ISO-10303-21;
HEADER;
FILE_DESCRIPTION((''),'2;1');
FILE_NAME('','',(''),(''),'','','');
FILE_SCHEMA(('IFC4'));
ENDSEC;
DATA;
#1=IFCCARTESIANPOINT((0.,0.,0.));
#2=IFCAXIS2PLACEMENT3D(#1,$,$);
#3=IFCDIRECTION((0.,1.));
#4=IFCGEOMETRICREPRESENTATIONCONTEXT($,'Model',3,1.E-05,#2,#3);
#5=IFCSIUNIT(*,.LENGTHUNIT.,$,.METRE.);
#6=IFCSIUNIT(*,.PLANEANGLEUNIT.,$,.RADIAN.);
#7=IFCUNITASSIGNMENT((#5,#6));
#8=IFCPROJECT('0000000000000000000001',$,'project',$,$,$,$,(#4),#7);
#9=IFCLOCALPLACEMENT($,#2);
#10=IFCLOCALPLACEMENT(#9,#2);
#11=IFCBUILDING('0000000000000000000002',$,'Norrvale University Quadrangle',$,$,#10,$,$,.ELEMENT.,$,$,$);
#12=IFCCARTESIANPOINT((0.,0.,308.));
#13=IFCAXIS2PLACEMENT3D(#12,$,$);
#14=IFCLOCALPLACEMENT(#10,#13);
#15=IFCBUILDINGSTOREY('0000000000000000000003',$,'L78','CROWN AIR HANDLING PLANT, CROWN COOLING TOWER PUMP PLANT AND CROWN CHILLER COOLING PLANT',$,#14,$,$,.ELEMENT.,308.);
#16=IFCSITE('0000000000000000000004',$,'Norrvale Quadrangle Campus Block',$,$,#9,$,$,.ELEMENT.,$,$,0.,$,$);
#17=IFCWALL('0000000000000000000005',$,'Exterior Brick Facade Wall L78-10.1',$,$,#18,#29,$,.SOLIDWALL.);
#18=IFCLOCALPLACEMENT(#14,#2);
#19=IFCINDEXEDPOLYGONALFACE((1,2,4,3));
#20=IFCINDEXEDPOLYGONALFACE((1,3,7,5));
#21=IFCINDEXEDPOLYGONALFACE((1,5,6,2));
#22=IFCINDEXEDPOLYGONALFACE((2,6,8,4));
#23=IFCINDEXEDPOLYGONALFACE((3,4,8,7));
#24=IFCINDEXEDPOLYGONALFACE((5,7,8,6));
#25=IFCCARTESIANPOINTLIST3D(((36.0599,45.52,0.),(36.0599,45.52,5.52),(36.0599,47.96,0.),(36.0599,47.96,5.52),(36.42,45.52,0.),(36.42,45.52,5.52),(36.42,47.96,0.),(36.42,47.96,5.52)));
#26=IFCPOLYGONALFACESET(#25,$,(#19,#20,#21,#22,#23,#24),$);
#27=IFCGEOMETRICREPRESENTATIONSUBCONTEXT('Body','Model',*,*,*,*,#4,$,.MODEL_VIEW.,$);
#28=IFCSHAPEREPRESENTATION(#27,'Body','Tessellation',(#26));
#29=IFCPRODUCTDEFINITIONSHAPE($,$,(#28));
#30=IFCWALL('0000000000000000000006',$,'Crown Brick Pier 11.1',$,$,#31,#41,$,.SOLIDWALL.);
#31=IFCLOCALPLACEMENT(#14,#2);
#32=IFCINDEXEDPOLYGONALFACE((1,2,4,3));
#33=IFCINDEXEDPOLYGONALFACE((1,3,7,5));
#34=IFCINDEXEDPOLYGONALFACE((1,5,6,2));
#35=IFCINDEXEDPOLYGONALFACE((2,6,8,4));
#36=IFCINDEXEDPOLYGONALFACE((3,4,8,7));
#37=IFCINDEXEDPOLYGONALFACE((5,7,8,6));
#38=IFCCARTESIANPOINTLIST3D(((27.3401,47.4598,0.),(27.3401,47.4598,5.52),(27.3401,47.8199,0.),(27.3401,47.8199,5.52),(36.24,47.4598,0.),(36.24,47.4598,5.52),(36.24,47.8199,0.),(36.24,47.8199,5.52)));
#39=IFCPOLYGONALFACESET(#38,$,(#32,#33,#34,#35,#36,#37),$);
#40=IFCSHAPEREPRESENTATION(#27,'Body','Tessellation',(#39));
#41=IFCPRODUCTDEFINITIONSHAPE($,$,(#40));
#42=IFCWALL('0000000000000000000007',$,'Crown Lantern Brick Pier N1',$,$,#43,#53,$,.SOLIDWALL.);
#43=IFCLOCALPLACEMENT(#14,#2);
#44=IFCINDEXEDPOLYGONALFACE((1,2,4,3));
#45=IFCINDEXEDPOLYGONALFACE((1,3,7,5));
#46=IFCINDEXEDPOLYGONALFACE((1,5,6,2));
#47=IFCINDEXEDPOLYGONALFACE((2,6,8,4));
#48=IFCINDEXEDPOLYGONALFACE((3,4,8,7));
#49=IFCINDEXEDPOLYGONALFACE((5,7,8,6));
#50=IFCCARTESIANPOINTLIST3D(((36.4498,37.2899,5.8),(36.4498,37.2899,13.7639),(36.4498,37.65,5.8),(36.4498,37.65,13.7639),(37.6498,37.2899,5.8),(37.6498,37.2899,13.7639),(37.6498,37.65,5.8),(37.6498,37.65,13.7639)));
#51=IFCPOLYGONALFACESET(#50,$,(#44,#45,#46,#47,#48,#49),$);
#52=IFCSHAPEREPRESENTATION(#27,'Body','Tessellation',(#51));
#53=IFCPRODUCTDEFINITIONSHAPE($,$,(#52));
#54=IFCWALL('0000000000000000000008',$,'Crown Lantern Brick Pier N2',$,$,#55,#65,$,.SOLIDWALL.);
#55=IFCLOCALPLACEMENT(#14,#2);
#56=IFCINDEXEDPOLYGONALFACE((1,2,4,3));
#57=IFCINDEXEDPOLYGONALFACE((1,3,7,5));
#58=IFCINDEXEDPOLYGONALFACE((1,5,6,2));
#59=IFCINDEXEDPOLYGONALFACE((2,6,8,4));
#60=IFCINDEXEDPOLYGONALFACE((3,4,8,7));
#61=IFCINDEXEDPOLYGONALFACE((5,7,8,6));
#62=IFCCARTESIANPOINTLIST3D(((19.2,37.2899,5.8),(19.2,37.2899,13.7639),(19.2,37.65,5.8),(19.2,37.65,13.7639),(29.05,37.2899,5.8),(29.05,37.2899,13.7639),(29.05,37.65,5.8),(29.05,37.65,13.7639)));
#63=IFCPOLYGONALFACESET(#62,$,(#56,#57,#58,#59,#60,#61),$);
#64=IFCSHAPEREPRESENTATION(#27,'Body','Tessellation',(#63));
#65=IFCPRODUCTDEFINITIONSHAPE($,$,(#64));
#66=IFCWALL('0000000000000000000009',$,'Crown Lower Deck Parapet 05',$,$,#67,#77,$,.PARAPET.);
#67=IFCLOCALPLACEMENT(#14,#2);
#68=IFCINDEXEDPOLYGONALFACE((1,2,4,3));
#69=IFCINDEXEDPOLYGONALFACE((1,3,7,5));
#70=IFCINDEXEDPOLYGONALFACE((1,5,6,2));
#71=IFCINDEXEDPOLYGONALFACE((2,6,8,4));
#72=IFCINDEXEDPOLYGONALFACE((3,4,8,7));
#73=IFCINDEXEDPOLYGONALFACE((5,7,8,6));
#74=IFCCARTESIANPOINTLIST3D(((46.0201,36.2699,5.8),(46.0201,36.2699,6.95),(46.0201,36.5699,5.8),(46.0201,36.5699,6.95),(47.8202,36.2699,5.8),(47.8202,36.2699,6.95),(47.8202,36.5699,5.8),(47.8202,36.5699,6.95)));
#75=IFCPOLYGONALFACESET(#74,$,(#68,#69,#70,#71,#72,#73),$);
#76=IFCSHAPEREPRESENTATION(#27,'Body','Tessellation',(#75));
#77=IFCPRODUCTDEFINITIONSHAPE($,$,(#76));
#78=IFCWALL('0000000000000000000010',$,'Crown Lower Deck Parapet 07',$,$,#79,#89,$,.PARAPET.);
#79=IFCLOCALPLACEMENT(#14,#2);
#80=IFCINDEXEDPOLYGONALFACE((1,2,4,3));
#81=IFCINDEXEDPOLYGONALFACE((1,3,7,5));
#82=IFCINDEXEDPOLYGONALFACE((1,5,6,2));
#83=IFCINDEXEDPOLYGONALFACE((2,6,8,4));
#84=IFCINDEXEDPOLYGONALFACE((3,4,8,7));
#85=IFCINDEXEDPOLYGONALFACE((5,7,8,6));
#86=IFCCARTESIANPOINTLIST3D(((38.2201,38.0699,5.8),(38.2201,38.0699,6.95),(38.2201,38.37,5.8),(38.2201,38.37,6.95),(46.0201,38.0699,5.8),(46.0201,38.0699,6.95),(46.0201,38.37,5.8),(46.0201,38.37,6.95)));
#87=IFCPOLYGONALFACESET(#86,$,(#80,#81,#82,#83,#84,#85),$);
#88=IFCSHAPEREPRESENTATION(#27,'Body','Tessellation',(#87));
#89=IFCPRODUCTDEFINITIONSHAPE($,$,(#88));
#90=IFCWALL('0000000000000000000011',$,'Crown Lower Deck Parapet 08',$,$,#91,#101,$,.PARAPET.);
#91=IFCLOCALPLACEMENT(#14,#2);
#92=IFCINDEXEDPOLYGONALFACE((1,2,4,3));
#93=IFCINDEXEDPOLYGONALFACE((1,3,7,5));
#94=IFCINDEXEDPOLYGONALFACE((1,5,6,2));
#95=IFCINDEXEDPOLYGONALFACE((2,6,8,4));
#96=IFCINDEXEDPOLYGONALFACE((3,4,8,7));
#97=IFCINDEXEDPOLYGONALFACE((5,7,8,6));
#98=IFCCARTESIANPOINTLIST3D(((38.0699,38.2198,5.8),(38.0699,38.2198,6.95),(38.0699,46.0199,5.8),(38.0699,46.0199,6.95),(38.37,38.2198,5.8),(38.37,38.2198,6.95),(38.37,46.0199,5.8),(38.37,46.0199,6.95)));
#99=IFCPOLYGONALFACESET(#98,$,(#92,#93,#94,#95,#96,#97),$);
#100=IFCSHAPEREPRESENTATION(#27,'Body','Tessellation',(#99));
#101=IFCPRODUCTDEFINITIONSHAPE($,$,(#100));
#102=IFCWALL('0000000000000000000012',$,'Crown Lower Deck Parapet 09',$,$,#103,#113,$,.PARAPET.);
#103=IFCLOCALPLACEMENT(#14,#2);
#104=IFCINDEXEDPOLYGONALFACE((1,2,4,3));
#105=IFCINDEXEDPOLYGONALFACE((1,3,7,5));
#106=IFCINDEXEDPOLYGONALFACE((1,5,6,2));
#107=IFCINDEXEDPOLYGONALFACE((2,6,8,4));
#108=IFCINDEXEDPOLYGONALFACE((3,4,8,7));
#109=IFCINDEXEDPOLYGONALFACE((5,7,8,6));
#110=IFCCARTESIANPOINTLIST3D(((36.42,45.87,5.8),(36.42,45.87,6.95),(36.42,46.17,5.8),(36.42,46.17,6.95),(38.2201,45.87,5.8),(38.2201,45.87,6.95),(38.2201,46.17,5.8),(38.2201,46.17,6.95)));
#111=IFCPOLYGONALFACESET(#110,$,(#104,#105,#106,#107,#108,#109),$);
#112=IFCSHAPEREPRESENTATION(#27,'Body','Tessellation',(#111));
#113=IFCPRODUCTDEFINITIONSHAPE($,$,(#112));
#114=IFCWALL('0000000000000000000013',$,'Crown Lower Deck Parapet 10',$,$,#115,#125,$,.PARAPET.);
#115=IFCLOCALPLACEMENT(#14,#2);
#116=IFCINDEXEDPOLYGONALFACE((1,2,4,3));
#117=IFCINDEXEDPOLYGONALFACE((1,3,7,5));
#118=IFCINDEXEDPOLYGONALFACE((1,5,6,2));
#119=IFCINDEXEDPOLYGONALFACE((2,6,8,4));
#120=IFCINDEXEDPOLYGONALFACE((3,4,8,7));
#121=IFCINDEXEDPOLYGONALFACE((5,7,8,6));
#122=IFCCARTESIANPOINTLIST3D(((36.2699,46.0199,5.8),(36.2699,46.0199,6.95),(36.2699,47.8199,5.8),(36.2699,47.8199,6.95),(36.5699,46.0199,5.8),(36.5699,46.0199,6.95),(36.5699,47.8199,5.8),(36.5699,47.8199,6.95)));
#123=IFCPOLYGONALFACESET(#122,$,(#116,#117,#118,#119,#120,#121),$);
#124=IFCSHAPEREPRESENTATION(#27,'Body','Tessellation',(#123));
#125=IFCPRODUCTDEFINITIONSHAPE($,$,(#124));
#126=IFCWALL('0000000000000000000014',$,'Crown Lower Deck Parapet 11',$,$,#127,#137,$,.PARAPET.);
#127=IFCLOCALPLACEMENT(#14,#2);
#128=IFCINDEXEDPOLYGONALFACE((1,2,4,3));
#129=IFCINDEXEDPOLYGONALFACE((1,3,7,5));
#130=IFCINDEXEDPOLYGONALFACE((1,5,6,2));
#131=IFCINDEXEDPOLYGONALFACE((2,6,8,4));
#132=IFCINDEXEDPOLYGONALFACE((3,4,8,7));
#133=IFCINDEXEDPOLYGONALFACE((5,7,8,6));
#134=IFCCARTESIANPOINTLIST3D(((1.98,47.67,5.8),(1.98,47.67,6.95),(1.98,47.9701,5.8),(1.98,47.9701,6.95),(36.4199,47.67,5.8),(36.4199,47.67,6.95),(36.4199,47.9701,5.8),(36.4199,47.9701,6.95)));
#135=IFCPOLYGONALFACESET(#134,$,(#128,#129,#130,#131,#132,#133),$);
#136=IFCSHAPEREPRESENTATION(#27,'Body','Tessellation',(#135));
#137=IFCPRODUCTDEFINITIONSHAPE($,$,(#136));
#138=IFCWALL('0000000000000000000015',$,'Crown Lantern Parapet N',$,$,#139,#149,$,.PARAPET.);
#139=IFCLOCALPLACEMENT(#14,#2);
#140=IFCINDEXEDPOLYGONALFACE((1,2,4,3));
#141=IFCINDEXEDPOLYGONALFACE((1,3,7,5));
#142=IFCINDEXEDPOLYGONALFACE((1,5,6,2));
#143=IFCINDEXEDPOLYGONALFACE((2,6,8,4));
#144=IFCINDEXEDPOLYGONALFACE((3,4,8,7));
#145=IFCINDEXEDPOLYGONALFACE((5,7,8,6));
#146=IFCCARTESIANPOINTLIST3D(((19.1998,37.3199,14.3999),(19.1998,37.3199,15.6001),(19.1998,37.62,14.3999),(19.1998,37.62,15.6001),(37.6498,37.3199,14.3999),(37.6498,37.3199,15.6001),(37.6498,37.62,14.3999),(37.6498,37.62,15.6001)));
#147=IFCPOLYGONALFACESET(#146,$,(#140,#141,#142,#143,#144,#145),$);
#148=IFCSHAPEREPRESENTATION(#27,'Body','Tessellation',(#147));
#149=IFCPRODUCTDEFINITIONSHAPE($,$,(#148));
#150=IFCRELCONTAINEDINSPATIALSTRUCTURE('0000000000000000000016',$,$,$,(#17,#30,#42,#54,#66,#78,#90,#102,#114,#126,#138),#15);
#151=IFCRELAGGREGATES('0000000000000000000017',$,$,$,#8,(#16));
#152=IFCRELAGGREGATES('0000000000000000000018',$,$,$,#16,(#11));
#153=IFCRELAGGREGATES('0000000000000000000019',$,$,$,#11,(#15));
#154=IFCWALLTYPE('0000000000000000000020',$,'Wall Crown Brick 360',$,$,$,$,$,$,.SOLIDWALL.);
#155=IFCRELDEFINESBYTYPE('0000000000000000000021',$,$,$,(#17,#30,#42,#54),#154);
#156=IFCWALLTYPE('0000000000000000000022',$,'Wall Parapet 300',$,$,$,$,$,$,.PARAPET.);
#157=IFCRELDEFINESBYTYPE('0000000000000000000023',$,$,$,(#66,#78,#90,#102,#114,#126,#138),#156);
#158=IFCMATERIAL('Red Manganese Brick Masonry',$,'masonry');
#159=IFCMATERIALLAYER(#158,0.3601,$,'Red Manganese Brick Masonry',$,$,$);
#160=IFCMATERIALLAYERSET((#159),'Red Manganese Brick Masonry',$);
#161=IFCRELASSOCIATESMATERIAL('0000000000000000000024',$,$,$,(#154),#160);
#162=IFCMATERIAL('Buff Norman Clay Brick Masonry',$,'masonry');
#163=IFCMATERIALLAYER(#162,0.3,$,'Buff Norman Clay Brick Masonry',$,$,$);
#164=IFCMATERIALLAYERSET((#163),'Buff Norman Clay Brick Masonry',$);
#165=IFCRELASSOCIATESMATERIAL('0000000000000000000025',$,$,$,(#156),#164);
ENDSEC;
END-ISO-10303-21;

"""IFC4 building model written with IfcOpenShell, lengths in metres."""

from ifc_helpers import new_model, si_unit, direction, frame, frame_2d, origin, place, context, subcontext, project, spatial, rectangle, extrude, material, layer, layer_set, type_object, element, save


model = new_model("IFC4")

# Units and contexts
model_context = context("Model", 3, precision=1e-05, world=origin(), true_north=direction((0.0, 1.0)))
body_context = subcontext(model_context, "Body", "Model", "MODEL_VIEW")
ifc_project = project(units=[si_unit("LENGTHUNIT", "METRE"), si_unit("PLANEANGLEUNIT", "RADIAN")], contexts=[model_context])

# Site, building, storey
site_placement = place(None, origin())
site = spatial("IfcSite", under=ifc_project, at=site_placement, Name="Norrvale Quadrangle Campus Block", CompositionType="ELEMENT", RefElevation=0.0)
building_placement = place(site_placement, origin())
building = spatial("IfcBuilding", under=site, at=building_placement, Name="Norrvale University Quadrangle", CompositionType="ELEMENT")
storey_placement = place(building_placement, frame((0.0, 0.0, 308.0)))
storey = spatial("IfcBuildingStorey", under=building, at=storey_placement, Name="L78", Description="CROWN AIR HANDLING PLANT, CROWN COOLING TOWER PUMP PLANT AND CROWN CHILLER COOLING PLANT", CompositionType="ELEMENT", Elevation=308.0)

# Walls
ifc_material_1 = material(Name="Red Manganese Brick Masonry", Category="masonry")
ifc_layer_1 = layer(ifc_material_1, 0.3601, Name="Red Manganese Brick Masonry")
ifc_layer_set_1 = layer_set([ifc_layer_1], Name="Red Manganese Brick Masonry")
wall_type_1 = type_object("IfcWallType", Name="Wall Crown Brick 360", PredefinedType="SOLIDWALL", material=ifc_layer_set_1)
wall_1_placement = place(storey_placement, frame((36.24, 45.52, 0.0), z_axis=(0.0, 0.0, 1.0), x_axis=(0.0, 1.0, 0.0)))
element("IfcWall", 1, at=wall_1_placement, inside=storey, type_object=wall_type_1, Name="Exterior Brick Facade Wall L78-10.1", PredefinedType="SOLIDWALL", context=body_context, shape_type="SweptSolid", body=[
    extrude(rectangle(XDim=2.4399, YDim=0.3601, at=frame_2d((1.22, 0.0))), origin(), (0.0, 0.0, 1.0), 5.52),
])
wall_2_placement = place(storey_placement, frame((36.24, 47.6399, 0.0), z_axis=(0.0, 0.0, 1.0), x_axis=(-1.0, 0.0, 0.0)))
element("IfcWall", 2, at=wall_2_placement, inside=storey, type_object=wall_type_1, Name="Crown Brick Pier 11.1", PredefinedType="SOLIDWALL", context=body_context, shape_type="SweptSolid", body=[
    extrude(rectangle(XDim=8.8999, YDim=0.3601, at=frame_2d((4.45, 0.0))), origin(), (0.0, 0.0, 1.0), 5.52),
])
wall_3_placement = place(storey_placement, frame((37.6499, 37.47, 5.8), z_axis=(0.0, 0.0, 1.0), x_axis=(-1.0, 0.0, 0.0)))
element("IfcWall", 3, at=wall_3_placement, inside=storey, type_object=wall_type_1, Name="Crown Lantern Brick Pier N1", PredefinedType="SOLIDWALL", context=body_context, shape_type="SweptSolid", body=[
    extrude(rectangle(XDim=1.2, YDim=0.3601, at=frame_2d((0.6001, 0.0))), origin(), (0.0, 0.0, 1.0), 7.9639),
])
wall_4_placement = place(storey_placement, frame((29.05, 37.47, 5.8), z_axis=(0.0, 0.0, 1.0), x_axis=(-1.0, 0.0, 0.0)))
element("IfcWall", 4, at=wall_4_placement, inside=storey, type_object=wall_type_1, Name="Crown Lantern Brick Pier N2", PredefinedType="SOLIDWALL", context=body_context, shape_type="SweptSolid", body=[
    extrude(rectangle(XDim=9.8501, YDim=0.3601, at=frame_2d((4.925, 0.0))), origin(), (0.0, 0.0, 1.0), 7.9639),
])
ifc_material_2 = material(Name="Buff Norman Clay Brick Masonry", Category="masonry")
ifc_layer_2 = layer(ifc_material_2, 0.3, Name="Buff Norman Clay Brick Masonry")
ifc_layer_set_2 = layer_set([ifc_layer_2], Name="Buff Norman Clay Brick Masonry")
wall_type_2 = type_object("IfcWallType", Name="Wall Parapet 300", PredefinedType="PARAPET", material=ifc_layer_set_2)
wall_5_placement = place(storey_placement, frame((47.8201, 36.4199, 5.8), z_axis=(0.0, 0.0, 1.0), x_axis=(-1.0, 0.0, 0.0)))
element("IfcWall", 5, at=wall_5_placement, inside=storey, type_object=wall_type_2, Name="Crown Lower Deck Parapet 05", PredefinedType="PARAPET", context=body_context, shape_type="SweptSolid", body=[
    extrude(rectangle(XDim=1.8, YDim=0.3, at=frame_2d((0.8999, 0.0))), origin(), (0.0, 0.0, 1.0), 1.1499),
])
for number, where, z_axis, x_axis, name in (
    (6, (46.02, 38.22, 5.8), (0.0, 0.0, 1.0), (-1.0, 0.0, 0.0), "Crown Lower Deck Parapet 07"),
    (7, (38.22, 38.22, 5.8), (0.0, 0.0, 1.0), (0.0, 1.0, 0.0), "Crown Lower Deck Parapet 08"),
):
    element("IfcWall", number, at=place(storey_placement, frame(where, z_axis=z_axis, x_axis=x_axis)), inside=storey, type_object=wall_type_2, Name=name, PredefinedType="PARAPET", context=body_context, shape_type="SweptSolid", body=[
        extrude(rectangle(XDim=7.8, YDim=0.3, at=frame_2d((3.8999, 0.0))), origin(), (0.0, 0.0, 1.0), 1.1499),
    ])
for number, where, z_axis, x_axis, name in (
    (8, (38.22, 46.02, 5.8), (0.0, 0.0, 1.0), (-1.0, 0.0, 0.0), "Crown Lower Deck Parapet 09"),
    (9, (36.4199, 46.02, 5.8), (0.0, 0.0, 1.0), (0.0, 1.0, 0.0), "Crown Lower Deck Parapet 10"),
):
    element("IfcWall", number, at=place(storey_placement, frame(where, z_axis=z_axis, x_axis=x_axis)), inside=storey, type_object=wall_type_2, Name=name, PredefinedType="PARAPET", context=body_context, shape_type="SweptSolid", body=[
        extrude(rectangle(XDim=1.8, YDim=0.3, at=frame_2d((0.8999, 0.0))), origin(), (0.0, 0.0, 1.0), 1.1499),
    ])
wall_6_placement = place(storey_placement, frame((36.4199, 47.8201, 5.8), z_axis=(0.0, 0.0, 1.0), x_axis=(-1.0, 0.0, 0.0)))
element("IfcWall", 10, at=wall_6_placement, inside=storey, type_object=wall_type_2, Name="Crown Lower Deck Parapet 11", PredefinedType="PARAPET", context=body_context, shape_type="SweptSolid", body=[
    extrude(rectangle(XDim=34.4399, YDim=0.3, at=frame_2d((17.22, 0.0))), origin(), (0.0, 0.0, 1.0), 1.1499),
])
wall_7_placement = place(storey_placement, frame((37.6499, 37.47, 14.3999), z_axis=(0.0, 0.0, 1.0), x_axis=(-1.0, 0.0, 0.0)))
element("IfcWall", 11, at=wall_7_placement, inside=storey, type_object=wall_type_2, Name="Crown Lantern Parapet N", PredefinedType="PARAPET", context=body_context, shape_type="SweptSolid", body=[
    extrude(rectangle(XDim=18.45, YDim=0.3, at=frame_2d((9.2251, 0.0))), origin(), (0.0, 0.0, 1.0), 1.2002),
])

save(model, "model.ifc")
